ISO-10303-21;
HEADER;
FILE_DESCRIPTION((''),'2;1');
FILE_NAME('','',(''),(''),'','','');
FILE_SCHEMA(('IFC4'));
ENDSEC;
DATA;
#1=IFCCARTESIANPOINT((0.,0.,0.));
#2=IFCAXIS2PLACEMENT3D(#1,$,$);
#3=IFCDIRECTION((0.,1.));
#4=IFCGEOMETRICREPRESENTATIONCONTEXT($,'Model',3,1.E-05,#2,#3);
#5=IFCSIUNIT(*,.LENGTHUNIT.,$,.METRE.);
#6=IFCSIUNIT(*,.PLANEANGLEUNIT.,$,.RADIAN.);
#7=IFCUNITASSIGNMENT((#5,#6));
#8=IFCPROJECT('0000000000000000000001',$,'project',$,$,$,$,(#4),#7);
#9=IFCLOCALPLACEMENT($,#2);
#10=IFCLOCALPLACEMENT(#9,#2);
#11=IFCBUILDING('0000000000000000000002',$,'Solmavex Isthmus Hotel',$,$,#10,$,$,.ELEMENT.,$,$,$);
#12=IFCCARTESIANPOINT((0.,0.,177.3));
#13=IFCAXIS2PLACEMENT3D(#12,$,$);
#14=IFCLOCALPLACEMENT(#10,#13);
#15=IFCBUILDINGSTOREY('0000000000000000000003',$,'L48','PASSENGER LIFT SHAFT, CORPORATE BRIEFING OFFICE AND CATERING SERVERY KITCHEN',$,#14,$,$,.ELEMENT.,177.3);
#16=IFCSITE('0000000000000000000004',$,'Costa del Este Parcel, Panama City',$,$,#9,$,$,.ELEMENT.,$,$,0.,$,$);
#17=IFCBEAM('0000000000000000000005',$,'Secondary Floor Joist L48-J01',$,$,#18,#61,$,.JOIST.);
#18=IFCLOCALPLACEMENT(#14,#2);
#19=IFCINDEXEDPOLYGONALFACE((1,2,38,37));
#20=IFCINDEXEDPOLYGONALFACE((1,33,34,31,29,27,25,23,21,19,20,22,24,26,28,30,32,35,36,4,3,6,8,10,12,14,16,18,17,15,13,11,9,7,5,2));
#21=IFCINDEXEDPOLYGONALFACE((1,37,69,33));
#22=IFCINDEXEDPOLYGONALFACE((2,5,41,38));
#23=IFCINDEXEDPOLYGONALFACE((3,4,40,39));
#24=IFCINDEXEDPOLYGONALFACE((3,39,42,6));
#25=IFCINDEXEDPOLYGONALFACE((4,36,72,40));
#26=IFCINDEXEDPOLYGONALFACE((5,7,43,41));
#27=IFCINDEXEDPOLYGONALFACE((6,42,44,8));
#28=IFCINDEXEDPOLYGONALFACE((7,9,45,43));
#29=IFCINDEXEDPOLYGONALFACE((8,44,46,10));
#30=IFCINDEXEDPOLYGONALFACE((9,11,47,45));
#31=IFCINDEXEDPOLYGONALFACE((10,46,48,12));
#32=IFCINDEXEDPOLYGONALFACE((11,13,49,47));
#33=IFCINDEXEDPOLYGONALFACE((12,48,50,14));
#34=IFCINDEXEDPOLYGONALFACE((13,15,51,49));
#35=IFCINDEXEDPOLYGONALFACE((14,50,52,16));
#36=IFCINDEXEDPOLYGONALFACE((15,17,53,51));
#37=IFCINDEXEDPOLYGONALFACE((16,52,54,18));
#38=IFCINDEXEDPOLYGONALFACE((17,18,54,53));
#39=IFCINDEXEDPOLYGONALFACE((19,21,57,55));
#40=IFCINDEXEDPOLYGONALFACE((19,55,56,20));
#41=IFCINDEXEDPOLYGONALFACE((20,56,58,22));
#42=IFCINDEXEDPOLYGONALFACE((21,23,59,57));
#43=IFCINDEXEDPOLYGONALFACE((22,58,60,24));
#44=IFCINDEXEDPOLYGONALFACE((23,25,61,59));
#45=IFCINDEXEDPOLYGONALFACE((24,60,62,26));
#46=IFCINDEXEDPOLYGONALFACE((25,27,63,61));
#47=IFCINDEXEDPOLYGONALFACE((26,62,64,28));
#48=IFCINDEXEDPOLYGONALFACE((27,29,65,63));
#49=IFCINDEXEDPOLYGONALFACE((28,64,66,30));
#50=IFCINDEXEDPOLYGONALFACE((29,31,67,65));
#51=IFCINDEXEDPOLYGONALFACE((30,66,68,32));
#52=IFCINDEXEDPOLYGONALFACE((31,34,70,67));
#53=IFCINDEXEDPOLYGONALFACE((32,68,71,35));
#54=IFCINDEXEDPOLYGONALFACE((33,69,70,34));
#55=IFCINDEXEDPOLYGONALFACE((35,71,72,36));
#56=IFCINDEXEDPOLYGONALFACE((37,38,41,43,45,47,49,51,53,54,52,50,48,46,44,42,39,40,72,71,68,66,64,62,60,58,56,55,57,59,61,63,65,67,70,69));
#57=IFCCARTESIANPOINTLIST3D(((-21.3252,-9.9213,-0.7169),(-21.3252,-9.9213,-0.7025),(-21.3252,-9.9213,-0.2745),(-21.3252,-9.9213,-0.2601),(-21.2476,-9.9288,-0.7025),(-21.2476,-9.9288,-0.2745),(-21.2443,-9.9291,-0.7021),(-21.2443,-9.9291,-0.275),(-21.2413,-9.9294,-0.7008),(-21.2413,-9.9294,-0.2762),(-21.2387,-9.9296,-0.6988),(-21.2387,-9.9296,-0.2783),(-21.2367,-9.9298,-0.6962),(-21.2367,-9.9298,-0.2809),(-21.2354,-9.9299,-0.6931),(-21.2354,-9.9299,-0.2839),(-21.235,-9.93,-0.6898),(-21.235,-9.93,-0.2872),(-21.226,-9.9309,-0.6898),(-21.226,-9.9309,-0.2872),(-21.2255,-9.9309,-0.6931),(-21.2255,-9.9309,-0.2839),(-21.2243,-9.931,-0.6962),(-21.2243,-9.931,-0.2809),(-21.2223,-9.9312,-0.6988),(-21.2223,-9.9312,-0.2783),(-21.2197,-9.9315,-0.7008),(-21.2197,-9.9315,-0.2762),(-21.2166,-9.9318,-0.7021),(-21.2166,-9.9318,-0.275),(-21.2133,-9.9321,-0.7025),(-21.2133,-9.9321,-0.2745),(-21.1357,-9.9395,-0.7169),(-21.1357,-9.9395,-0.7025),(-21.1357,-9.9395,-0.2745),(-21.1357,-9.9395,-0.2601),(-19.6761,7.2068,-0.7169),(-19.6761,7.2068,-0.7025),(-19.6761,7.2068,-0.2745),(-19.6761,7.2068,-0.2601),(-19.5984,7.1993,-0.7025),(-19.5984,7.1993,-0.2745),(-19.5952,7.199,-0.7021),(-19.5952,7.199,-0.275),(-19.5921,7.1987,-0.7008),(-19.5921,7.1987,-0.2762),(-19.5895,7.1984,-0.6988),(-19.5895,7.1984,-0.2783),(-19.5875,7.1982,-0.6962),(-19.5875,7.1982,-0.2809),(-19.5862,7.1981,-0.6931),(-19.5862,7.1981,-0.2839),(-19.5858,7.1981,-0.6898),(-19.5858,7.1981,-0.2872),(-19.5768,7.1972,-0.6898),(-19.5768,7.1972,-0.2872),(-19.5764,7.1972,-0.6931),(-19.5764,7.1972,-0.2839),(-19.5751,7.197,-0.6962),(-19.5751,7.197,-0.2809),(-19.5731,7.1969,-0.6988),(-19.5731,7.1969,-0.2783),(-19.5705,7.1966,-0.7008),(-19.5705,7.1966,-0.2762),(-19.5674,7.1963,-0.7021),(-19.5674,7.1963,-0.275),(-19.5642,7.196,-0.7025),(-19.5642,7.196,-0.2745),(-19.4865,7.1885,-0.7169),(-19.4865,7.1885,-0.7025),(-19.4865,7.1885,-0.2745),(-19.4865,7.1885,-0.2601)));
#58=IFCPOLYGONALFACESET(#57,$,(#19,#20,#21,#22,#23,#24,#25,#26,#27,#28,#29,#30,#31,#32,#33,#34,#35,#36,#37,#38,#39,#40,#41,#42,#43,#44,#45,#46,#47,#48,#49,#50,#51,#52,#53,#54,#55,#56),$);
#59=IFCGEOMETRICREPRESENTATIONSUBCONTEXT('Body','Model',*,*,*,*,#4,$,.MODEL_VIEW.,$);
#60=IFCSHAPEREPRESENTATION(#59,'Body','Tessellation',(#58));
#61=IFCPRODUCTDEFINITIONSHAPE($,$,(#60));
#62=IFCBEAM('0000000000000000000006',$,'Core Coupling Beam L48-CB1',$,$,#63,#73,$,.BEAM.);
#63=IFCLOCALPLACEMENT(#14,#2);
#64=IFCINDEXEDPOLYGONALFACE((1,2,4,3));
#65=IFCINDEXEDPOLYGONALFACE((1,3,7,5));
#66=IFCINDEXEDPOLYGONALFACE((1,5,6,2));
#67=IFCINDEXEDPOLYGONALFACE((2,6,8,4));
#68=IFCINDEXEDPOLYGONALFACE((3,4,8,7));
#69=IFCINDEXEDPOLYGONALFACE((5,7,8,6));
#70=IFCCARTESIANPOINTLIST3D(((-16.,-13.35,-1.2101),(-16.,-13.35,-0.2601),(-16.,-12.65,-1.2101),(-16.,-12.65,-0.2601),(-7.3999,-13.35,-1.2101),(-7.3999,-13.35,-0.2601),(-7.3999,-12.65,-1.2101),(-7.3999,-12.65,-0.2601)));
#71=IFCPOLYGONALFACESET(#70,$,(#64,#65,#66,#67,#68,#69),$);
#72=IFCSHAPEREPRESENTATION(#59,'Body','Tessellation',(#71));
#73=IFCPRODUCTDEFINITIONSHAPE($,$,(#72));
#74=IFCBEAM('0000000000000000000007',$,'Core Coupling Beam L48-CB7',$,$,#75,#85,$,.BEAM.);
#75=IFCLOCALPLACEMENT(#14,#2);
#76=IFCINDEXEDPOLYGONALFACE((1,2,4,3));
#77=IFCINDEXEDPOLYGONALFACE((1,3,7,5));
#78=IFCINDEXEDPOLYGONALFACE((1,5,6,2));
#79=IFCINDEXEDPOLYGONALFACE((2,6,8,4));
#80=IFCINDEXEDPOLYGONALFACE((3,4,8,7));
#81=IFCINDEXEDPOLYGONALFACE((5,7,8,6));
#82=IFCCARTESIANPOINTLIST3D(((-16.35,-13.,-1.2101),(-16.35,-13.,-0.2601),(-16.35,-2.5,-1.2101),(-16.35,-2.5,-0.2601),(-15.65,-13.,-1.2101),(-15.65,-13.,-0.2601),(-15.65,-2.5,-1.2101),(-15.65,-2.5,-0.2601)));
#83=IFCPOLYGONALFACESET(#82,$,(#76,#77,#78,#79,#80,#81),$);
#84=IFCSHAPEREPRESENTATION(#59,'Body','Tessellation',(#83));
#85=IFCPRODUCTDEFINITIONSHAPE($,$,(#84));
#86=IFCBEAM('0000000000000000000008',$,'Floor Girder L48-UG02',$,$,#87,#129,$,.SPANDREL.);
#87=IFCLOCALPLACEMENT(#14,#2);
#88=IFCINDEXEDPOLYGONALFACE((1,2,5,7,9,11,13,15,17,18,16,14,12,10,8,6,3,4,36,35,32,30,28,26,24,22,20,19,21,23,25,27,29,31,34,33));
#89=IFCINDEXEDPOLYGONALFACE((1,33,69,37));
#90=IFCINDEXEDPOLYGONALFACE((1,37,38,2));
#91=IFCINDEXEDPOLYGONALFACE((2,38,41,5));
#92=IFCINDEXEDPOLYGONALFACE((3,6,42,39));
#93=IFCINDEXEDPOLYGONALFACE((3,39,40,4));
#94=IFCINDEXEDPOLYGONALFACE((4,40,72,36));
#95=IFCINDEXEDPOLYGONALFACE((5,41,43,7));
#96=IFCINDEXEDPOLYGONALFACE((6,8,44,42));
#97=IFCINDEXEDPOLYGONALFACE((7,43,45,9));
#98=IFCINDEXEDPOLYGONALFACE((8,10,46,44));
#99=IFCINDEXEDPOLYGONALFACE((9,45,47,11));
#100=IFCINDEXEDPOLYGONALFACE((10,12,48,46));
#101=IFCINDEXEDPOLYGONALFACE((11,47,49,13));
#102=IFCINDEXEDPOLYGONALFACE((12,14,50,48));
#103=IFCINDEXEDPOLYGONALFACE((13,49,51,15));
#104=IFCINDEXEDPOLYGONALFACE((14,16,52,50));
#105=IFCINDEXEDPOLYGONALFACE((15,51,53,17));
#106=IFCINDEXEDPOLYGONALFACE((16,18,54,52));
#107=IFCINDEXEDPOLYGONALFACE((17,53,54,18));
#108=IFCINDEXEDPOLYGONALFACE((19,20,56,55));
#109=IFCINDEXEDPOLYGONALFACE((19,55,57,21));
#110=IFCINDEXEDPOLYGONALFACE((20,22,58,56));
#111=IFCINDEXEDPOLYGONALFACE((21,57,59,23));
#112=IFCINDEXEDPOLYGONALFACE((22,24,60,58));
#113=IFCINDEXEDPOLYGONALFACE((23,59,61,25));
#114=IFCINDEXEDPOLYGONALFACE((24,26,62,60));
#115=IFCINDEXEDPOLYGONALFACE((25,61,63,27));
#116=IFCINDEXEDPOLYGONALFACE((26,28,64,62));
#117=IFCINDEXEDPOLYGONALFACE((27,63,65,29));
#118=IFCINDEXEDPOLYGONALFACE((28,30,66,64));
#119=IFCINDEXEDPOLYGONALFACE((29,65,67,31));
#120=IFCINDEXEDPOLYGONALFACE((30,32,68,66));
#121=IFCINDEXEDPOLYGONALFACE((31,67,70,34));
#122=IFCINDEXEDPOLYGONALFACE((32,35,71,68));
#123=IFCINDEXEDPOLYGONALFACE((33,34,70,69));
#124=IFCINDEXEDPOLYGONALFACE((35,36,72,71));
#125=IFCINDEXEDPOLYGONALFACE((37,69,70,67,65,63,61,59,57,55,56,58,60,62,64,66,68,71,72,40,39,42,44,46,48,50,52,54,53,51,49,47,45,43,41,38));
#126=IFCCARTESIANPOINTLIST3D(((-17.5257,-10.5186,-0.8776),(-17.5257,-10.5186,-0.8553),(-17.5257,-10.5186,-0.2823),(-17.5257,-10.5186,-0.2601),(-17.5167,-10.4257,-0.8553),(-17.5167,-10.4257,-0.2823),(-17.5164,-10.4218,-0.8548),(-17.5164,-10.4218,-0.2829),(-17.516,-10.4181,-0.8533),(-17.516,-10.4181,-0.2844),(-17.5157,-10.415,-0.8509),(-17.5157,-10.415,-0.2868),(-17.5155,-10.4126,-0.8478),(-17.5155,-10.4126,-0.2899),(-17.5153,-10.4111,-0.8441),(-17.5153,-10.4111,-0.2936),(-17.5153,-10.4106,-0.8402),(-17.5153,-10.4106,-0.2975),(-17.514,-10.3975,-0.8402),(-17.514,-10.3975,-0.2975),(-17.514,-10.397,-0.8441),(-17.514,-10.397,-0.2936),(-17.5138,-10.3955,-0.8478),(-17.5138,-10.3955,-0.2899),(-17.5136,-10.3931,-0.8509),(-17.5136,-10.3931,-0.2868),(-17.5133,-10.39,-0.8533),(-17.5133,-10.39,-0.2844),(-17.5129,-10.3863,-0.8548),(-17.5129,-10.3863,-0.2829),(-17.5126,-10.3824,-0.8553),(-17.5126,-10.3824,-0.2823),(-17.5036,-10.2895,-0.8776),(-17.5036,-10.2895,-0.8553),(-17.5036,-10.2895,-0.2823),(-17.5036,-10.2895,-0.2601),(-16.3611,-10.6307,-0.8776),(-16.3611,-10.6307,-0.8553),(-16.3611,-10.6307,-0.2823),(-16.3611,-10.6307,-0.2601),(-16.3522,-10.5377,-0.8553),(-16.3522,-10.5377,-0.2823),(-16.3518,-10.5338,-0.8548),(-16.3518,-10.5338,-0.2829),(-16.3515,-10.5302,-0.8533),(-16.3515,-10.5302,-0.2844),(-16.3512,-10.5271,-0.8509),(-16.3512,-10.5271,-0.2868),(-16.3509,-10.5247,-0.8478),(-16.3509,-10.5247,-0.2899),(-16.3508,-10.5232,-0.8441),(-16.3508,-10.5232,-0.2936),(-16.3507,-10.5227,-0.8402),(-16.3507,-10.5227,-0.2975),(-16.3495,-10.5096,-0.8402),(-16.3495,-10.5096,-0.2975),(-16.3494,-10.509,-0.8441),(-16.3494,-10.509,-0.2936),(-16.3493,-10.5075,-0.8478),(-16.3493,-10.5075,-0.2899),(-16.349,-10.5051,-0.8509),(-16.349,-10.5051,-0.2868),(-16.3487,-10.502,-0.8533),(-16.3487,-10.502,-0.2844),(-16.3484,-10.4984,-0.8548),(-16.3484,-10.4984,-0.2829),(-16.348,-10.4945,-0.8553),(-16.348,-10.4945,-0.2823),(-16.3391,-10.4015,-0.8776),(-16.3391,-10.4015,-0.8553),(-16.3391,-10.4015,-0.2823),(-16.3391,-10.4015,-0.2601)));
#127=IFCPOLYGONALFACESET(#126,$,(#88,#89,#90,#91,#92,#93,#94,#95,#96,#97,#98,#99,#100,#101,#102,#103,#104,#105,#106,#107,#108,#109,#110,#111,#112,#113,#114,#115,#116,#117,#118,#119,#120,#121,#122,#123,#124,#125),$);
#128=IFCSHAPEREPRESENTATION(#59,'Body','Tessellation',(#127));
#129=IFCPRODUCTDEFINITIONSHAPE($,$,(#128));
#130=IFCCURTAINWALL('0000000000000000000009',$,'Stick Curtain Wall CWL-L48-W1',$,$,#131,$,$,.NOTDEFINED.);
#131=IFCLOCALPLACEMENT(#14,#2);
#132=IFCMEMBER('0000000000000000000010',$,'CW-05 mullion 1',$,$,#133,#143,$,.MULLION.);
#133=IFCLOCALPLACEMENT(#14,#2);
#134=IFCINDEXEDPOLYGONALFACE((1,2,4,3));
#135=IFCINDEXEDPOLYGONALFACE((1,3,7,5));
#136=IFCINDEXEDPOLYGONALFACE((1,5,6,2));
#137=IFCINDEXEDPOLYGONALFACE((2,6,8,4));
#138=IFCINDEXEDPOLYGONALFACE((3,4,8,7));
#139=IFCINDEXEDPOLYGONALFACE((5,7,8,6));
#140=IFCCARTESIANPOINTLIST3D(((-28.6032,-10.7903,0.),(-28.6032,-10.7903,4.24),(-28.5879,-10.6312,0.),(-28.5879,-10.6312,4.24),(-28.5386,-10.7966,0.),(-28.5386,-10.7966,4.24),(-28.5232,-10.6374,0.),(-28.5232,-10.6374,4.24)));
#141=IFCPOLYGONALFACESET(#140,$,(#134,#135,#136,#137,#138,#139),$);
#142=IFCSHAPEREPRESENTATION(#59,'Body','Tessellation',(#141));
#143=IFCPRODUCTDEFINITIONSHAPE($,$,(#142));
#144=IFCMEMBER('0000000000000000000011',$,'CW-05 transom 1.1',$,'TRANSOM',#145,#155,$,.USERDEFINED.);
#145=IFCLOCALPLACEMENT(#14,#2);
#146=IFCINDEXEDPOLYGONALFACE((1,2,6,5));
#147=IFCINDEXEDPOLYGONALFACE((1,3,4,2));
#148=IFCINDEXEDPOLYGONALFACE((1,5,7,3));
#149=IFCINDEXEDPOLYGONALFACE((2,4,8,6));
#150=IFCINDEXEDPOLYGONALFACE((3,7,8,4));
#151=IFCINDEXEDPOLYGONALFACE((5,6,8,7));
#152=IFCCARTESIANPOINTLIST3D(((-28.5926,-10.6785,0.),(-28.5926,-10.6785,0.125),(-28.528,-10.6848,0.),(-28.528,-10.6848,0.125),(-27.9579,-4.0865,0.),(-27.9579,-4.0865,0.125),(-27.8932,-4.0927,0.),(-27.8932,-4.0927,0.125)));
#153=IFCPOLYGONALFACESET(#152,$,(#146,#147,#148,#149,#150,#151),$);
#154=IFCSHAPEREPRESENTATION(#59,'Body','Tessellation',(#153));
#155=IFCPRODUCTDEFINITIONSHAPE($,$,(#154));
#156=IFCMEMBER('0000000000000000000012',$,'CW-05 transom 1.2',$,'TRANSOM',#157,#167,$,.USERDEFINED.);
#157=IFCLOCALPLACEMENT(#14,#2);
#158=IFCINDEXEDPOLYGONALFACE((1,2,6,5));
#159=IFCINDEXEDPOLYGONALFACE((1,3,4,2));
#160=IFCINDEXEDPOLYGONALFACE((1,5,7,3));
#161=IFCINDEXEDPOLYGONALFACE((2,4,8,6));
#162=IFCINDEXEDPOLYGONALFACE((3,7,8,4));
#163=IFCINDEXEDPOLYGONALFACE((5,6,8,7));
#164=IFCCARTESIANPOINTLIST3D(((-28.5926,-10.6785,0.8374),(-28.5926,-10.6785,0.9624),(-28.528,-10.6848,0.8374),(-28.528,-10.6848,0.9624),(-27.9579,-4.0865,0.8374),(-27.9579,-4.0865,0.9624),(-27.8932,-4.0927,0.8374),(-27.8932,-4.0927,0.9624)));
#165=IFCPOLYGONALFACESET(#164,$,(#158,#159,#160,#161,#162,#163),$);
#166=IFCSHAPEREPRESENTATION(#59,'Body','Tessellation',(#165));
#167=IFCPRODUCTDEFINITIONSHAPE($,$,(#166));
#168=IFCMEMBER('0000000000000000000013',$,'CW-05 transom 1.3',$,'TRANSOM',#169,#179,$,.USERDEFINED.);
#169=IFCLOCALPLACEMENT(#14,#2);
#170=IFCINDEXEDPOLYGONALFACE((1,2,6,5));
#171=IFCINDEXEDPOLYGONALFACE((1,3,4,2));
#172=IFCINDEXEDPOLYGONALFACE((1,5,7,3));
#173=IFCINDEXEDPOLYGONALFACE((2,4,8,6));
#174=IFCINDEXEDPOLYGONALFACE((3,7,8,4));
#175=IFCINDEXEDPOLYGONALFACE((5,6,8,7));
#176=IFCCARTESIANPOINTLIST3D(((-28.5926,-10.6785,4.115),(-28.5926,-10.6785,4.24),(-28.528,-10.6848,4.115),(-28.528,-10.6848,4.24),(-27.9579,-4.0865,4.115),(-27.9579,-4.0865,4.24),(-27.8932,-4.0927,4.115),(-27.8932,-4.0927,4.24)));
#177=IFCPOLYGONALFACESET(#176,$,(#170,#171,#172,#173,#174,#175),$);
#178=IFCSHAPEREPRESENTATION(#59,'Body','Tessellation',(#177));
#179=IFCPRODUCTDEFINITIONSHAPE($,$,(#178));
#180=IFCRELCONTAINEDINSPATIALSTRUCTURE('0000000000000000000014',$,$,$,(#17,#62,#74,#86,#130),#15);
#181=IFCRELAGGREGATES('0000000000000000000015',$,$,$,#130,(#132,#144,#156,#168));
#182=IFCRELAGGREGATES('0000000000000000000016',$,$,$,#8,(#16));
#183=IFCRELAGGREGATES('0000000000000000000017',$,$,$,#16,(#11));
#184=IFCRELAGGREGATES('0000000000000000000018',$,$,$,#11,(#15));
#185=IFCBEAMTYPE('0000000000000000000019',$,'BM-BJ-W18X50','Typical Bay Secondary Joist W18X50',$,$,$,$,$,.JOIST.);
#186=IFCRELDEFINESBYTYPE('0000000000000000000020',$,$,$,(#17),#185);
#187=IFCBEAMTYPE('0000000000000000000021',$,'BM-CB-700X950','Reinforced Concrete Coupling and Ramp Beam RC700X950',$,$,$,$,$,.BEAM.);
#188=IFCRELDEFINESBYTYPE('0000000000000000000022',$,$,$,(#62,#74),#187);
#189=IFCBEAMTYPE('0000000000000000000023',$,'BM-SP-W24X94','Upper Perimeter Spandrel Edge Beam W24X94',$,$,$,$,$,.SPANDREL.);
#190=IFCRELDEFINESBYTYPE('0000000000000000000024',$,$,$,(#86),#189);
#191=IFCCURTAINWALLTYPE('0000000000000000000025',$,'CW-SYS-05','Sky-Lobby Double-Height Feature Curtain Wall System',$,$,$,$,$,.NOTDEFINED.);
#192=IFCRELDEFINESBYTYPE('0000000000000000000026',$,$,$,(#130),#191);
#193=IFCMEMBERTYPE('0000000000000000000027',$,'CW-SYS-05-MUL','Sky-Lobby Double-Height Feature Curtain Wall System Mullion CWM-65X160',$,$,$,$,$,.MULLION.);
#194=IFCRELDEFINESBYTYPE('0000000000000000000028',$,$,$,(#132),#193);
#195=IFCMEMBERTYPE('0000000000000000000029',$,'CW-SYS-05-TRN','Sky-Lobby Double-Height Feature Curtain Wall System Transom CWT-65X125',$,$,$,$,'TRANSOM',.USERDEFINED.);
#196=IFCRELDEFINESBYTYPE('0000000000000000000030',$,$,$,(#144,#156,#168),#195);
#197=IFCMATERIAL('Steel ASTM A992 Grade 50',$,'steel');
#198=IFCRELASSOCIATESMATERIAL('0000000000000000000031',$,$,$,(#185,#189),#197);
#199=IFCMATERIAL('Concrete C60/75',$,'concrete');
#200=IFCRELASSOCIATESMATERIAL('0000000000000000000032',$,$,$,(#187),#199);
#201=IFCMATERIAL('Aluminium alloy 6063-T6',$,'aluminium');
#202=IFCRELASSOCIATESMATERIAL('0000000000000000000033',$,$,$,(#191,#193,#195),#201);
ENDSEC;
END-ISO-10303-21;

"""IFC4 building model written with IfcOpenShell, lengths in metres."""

from ifc_helpers import new_model, si_unit, direction, frame, origin, origin_2d, place, context, subcontext, project, spatial, rectangle, i_section, extrude, material, material_profile, profile_set, type_object, element, aggregate, save


model = new_model("IFC4")

# Units and contexts
model_context = context("Model", 3, precision=1e-05, world=origin(), true_north=direction((0.0, 1.0)))
body_context = subcontext(model_context, "Body", "Model", "MODEL_VIEW")
ifc_project = project(units=[si_unit("LENGTHUNIT", "METRE"), si_unit("PLANEANGLEUNIT", "RADIAN")], contexts=[model_context])

# Site, building, storey
site_placement = place(None, origin())
site = spatial("IfcSite", under=ifc_project, at=site_placement, Name="Costa del Este Parcel, Panama City", CompositionType="ELEMENT", RefElevation=0.0)
building_placement = place(site_placement, origin())
building = spatial("IfcBuilding", under=site, at=building_placement, Name="Solmavex Isthmus Hotel", CompositionType="ELEMENT")
storey_placement = place(building_placement, frame((0.0, 0.0, 177.3)))
storey = spatial("IfcBuildingStorey", under=building, at=storey_placement, Name="L48", Description="PASSENGER LIFT SHAFT, CORPORATE BRIEFING OFFICE AND CATERING SERVERY KITCHEN", CompositionType="ELEMENT", Elevation=177.3)

# Shared definitions
ifc_material_1 = material(Name="Concrete C60/75", Category="concrete")

# Beams
ifc_material_2 = material(Name="Steel ASTM A992 Grade 50", Category="steel")
ifc_material_profile_1 = material_profile(ifc_material_2, i_section(OverallWidth=0.1904, OverallDepth=0.4568, WebThickness=0.009, FlangeThickness=0.0144, FilletRadius=0.0127, at=origin_2d()), Name="W18X50")
ifc_profile_set_1 = profile_set([ifc_material_profile_1], Name="Steel ASTM A992 Grade 50")
beam_type_1 = type_object("IfcBeamType", Name="BM-BJ-W18X50", Description="Typical Bay Secondary Joist W18X50", PredefinedType="JOIST", material=ifc_profile_set_1)
beam_1_placement = place(storey_placement, frame((-21.2305, -9.9304, -0.4885), z_axis=(0.095841, 0.995397, 0.0), x_axis=(-0.995397, 0.095841, 0.0)))
element("IfcBeam", 1, at=beam_1_placement, inside=storey, type_object=beam_type_1, Name="Secondary Floor Joist L48-J01", PredefinedType="JOIST", context=body_context, shape_type="SweptSolid", body=[
    extrude(i_section(OverallWidth=0.1904, OverallDepth=0.4568, WebThickness=0.009, FlangeThickness=0.0144, FilletRadius=0.0127, at=origin_2d()), origin(), (0.0, 0.0, 1.0), 17.2073),
])
ifc_material_profile_2 = material_profile(ifc_material_1, rectangle(XDim=0.7, YDim=0.95, at=origin_2d()), Name="RC700X950")
ifc_profile_set_2 = profile_set([ifc_material_profile_2], Name="Concrete C60/75")
beam_type_2 = type_object("IfcBeamType", Name="BM-CB-700X950", Description="Reinforced Concrete Coupling and Ramp Beam RC700X950", PredefinedType="BEAM", material=ifc_profile_set_2)
beam_2_placement = place(storey_placement, frame((-16.0, -13.0, -0.7351), z_axis=(1.0, 0.0, 0.0), x_axis=(0.0, 1.0, 0.0)))
element("IfcBeam", 2, at=beam_2_placement, inside=storey, type_object=beam_type_2, Name="Core Coupling Beam L48-CB1", PredefinedType="BEAM", context=body_context, shape_type="SweptSolid", body=[
    extrude(rectangle(XDim=0.7, YDim=0.95, at=origin_2d()), origin(), (0.0, 0.0, 1.0), 8.6001),
])
beam_3_placement = place(storey_placement, frame((-16.0, -13.0, -0.7351), z_axis=(0.0, 1.0, 0.0), x_axis=(-1.0, 0.0, 0.0)))
element("IfcBeam", 3, at=beam_3_placement, inside=storey, type_object=beam_type_2, Name="Core Coupling Beam L48-CB7", PredefinedType="BEAM", context=body_context, shape_type="SweptSolid", body=[
    extrude(rectangle(XDim=0.7, YDim=0.95, at=origin_2d()), origin(), (0.0, 0.0, 1.0), 10.5),
])
ifc_material_profile_3 = material_profile(ifc_material_2, i_section(OverallWidth=0.2302, OverallDepth=0.6174, WebThickness=0.0132, FlangeThickness=0.0222, FilletRadius=0.0151, at=origin_2d()), Name="W24X94")
ifc_profile_set_3 = profile_set([ifc_material_profile_3], Name="Steel ASTM A992 Grade 50")
beam_type_3 = type_object("IfcBeamType", Name="BM-SP-W24X94", Description="Upper Perimeter Spandrel Edge Beam W24X94", PredefinedType="SPANDREL", material=ifc_profile_set_3)
beam_4_placement = place(storey_placement, frame((-17.5146, -10.4041, -0.5688), z_axis=(0.995402, -0.095784, 0.0), x_axis=(0.095784, 0.995402, 0.0)))
element("IfcBeam", 4, at=beam_4_placement, inside=storey, type_object=beam_type_3, Name="Floor Girder L48-UG02", PredefinedType="SPANDREL", context=body_context, shape_type="SweptSolid", body=[
    extrude(i_section(OverallWidth=0.2302, OverallDepth=0.6174, WebThickness=0.0132, FlangeThickness=0.0222, FilletRadius=0.0151, at=origin_2d()), origin(), (0.0, 0.0, 1.0), 1.1699),
])

# Curtain wall, members
ifc_material_3 = material(Name="Aluminium alloy 6063-T6", Category="aluminium")
curtain_wall_type = type_object("IfcCurtainWallType", Name="CW-SYS-05", Description="Sky-Lobby Double-Height Feature Curtain Wall System", PredefinedType="NOTDEFINED", material=ifc_material_3)
curtain_wall_placement = place(storey_placement, origin())
curtain_wall = element("IfcCurtainWall", 5, at=curtain_wall_placement, inside=storey, type_object=curtain_wall_type, Name="Stick Curtain Wall CWL-L48-W1", PredefinedType="NOTDEFINED")
ifc_material_profile_4 = material_profile(ifc_material_3, rectangle(XDim=0.0649, YDim=0.1599, at=origin_2d()), Name="CWM-65X160")
ifc_profile_set_4 = profile_set([ifc_material_profile_4], Name="Aluminium alloy 6063-T6")
member_type_1 = type_object("IfcMemberType", Name="CW-SYS-05-MUL", Description="Sky-Lobby Double-Height Feature Curtain Wall System Mullion CWM-65X160", PredefinedType="MULLION", material=ifc_profile_set_4)
member_1_placement = place(storey_placement, frame((-28.5632, -10.7139, 0.0), z_axis=(0.0, 0.0, 1.0), x_axis=(-0.995396, 0.095846, 0.0)))
member_1 = element("IfcMember", 6, at=member_1_placement, type_object=member_type_1, Name="CW-05 mullion 1", PredefinedType="MULLION", context=body_context, shape_type="SweptSolid", body=[
    extrude(rectangle(XDim=0.0649, YDim=0.1599, at=origin_2d()), origin(), (0.0, 0.0, 1.0), 4.24),
])
ifc_material_profile_5 = material_profile(ifc_material_3, rectangle(XDim=0.0649, YDim=0.125, at=origin_2d()), Name="CWT-65X125")
ifc_profile_set_5 = profile_set([ifc_material_profile_5], Name="Aluminium alloy 6063-T6")
member_type_2 = type_object("IfcMemberType", Name="CW-SYS-05-TRN", Description="Sky-Lobby Double-Height Feature Curtain Wall System Transom CWT-65X125", ElementType="TRANSOM", PredefinedType="USERDEFINED", material=ifc_profile_set_5)
member_2_placement = place(storey_placement, frame((-28.5603, -10.6816, 0.0625), z_axis=(0.095849, 0.995396, 0.0), x_axis=(-0.995396, 0.095849, 0.0)))
member_2 = element("IfcMember", 7, at=member_2_placement, type_object=member_type_2, Name="CW-05 transom 1.1", ObjectType="TRANSOM", PredefinedType="USERDEFINED", context=body_context, shape_type="SweptSolid", body=[
    extrude(rectangle(XDim=0.0649, YDim=0.125, at=origin_2d()), origin(), (0.0, 0.0, 1.0), 6.6226),
])
member_3_placement = place(storey_placement, frame((-28.5603, -10.6816, 0.8999), z_axis=(0.095849, 0.995396, 0.0), x_axis=(-0.995396, 0.095849, 0.0)))
member_3 = element("IfcMember", 8, at=member_3_placement, type_object=member_type_2, Name="CW-05 transom 1.2", ObjectType="TRANSOM", PredefinedType="USERDEFINED", context=body_context, shape_type="SweptSolid", body=[
    extrude(rectangle(XDim=0.0649, YDim=0.125, at=origin_2d()), origin(), (0.0, 0.0, 1.0), 6.6226),
])
member_4_placement = place(storey_placement, frame((-28.5603, -10.6816, 4.1775), z_axis=(0.095849, 0.995396, 0.0), x_axis=(-0.995396, 0.095849, 0.0)))
member_4 = element("IfcMember", 9, at=member_4_placement, type_object=member_type_2, Name="CW-05 transom 1.3", ObjectType="TRANSOM", PredefinedType="USERDEFINED", context=body_context, shape_type="SweptSolid", body=[
    extrude(rectangle(XDim=0.0649, YDim=0.125, at=origin_2d()), origin(), (0.0, 0.0, 1.0), 6.6226),
])
aggregate(curtain_wall, [member_1, member_2, member_3, member_4])

save(model, "model.ifc")
